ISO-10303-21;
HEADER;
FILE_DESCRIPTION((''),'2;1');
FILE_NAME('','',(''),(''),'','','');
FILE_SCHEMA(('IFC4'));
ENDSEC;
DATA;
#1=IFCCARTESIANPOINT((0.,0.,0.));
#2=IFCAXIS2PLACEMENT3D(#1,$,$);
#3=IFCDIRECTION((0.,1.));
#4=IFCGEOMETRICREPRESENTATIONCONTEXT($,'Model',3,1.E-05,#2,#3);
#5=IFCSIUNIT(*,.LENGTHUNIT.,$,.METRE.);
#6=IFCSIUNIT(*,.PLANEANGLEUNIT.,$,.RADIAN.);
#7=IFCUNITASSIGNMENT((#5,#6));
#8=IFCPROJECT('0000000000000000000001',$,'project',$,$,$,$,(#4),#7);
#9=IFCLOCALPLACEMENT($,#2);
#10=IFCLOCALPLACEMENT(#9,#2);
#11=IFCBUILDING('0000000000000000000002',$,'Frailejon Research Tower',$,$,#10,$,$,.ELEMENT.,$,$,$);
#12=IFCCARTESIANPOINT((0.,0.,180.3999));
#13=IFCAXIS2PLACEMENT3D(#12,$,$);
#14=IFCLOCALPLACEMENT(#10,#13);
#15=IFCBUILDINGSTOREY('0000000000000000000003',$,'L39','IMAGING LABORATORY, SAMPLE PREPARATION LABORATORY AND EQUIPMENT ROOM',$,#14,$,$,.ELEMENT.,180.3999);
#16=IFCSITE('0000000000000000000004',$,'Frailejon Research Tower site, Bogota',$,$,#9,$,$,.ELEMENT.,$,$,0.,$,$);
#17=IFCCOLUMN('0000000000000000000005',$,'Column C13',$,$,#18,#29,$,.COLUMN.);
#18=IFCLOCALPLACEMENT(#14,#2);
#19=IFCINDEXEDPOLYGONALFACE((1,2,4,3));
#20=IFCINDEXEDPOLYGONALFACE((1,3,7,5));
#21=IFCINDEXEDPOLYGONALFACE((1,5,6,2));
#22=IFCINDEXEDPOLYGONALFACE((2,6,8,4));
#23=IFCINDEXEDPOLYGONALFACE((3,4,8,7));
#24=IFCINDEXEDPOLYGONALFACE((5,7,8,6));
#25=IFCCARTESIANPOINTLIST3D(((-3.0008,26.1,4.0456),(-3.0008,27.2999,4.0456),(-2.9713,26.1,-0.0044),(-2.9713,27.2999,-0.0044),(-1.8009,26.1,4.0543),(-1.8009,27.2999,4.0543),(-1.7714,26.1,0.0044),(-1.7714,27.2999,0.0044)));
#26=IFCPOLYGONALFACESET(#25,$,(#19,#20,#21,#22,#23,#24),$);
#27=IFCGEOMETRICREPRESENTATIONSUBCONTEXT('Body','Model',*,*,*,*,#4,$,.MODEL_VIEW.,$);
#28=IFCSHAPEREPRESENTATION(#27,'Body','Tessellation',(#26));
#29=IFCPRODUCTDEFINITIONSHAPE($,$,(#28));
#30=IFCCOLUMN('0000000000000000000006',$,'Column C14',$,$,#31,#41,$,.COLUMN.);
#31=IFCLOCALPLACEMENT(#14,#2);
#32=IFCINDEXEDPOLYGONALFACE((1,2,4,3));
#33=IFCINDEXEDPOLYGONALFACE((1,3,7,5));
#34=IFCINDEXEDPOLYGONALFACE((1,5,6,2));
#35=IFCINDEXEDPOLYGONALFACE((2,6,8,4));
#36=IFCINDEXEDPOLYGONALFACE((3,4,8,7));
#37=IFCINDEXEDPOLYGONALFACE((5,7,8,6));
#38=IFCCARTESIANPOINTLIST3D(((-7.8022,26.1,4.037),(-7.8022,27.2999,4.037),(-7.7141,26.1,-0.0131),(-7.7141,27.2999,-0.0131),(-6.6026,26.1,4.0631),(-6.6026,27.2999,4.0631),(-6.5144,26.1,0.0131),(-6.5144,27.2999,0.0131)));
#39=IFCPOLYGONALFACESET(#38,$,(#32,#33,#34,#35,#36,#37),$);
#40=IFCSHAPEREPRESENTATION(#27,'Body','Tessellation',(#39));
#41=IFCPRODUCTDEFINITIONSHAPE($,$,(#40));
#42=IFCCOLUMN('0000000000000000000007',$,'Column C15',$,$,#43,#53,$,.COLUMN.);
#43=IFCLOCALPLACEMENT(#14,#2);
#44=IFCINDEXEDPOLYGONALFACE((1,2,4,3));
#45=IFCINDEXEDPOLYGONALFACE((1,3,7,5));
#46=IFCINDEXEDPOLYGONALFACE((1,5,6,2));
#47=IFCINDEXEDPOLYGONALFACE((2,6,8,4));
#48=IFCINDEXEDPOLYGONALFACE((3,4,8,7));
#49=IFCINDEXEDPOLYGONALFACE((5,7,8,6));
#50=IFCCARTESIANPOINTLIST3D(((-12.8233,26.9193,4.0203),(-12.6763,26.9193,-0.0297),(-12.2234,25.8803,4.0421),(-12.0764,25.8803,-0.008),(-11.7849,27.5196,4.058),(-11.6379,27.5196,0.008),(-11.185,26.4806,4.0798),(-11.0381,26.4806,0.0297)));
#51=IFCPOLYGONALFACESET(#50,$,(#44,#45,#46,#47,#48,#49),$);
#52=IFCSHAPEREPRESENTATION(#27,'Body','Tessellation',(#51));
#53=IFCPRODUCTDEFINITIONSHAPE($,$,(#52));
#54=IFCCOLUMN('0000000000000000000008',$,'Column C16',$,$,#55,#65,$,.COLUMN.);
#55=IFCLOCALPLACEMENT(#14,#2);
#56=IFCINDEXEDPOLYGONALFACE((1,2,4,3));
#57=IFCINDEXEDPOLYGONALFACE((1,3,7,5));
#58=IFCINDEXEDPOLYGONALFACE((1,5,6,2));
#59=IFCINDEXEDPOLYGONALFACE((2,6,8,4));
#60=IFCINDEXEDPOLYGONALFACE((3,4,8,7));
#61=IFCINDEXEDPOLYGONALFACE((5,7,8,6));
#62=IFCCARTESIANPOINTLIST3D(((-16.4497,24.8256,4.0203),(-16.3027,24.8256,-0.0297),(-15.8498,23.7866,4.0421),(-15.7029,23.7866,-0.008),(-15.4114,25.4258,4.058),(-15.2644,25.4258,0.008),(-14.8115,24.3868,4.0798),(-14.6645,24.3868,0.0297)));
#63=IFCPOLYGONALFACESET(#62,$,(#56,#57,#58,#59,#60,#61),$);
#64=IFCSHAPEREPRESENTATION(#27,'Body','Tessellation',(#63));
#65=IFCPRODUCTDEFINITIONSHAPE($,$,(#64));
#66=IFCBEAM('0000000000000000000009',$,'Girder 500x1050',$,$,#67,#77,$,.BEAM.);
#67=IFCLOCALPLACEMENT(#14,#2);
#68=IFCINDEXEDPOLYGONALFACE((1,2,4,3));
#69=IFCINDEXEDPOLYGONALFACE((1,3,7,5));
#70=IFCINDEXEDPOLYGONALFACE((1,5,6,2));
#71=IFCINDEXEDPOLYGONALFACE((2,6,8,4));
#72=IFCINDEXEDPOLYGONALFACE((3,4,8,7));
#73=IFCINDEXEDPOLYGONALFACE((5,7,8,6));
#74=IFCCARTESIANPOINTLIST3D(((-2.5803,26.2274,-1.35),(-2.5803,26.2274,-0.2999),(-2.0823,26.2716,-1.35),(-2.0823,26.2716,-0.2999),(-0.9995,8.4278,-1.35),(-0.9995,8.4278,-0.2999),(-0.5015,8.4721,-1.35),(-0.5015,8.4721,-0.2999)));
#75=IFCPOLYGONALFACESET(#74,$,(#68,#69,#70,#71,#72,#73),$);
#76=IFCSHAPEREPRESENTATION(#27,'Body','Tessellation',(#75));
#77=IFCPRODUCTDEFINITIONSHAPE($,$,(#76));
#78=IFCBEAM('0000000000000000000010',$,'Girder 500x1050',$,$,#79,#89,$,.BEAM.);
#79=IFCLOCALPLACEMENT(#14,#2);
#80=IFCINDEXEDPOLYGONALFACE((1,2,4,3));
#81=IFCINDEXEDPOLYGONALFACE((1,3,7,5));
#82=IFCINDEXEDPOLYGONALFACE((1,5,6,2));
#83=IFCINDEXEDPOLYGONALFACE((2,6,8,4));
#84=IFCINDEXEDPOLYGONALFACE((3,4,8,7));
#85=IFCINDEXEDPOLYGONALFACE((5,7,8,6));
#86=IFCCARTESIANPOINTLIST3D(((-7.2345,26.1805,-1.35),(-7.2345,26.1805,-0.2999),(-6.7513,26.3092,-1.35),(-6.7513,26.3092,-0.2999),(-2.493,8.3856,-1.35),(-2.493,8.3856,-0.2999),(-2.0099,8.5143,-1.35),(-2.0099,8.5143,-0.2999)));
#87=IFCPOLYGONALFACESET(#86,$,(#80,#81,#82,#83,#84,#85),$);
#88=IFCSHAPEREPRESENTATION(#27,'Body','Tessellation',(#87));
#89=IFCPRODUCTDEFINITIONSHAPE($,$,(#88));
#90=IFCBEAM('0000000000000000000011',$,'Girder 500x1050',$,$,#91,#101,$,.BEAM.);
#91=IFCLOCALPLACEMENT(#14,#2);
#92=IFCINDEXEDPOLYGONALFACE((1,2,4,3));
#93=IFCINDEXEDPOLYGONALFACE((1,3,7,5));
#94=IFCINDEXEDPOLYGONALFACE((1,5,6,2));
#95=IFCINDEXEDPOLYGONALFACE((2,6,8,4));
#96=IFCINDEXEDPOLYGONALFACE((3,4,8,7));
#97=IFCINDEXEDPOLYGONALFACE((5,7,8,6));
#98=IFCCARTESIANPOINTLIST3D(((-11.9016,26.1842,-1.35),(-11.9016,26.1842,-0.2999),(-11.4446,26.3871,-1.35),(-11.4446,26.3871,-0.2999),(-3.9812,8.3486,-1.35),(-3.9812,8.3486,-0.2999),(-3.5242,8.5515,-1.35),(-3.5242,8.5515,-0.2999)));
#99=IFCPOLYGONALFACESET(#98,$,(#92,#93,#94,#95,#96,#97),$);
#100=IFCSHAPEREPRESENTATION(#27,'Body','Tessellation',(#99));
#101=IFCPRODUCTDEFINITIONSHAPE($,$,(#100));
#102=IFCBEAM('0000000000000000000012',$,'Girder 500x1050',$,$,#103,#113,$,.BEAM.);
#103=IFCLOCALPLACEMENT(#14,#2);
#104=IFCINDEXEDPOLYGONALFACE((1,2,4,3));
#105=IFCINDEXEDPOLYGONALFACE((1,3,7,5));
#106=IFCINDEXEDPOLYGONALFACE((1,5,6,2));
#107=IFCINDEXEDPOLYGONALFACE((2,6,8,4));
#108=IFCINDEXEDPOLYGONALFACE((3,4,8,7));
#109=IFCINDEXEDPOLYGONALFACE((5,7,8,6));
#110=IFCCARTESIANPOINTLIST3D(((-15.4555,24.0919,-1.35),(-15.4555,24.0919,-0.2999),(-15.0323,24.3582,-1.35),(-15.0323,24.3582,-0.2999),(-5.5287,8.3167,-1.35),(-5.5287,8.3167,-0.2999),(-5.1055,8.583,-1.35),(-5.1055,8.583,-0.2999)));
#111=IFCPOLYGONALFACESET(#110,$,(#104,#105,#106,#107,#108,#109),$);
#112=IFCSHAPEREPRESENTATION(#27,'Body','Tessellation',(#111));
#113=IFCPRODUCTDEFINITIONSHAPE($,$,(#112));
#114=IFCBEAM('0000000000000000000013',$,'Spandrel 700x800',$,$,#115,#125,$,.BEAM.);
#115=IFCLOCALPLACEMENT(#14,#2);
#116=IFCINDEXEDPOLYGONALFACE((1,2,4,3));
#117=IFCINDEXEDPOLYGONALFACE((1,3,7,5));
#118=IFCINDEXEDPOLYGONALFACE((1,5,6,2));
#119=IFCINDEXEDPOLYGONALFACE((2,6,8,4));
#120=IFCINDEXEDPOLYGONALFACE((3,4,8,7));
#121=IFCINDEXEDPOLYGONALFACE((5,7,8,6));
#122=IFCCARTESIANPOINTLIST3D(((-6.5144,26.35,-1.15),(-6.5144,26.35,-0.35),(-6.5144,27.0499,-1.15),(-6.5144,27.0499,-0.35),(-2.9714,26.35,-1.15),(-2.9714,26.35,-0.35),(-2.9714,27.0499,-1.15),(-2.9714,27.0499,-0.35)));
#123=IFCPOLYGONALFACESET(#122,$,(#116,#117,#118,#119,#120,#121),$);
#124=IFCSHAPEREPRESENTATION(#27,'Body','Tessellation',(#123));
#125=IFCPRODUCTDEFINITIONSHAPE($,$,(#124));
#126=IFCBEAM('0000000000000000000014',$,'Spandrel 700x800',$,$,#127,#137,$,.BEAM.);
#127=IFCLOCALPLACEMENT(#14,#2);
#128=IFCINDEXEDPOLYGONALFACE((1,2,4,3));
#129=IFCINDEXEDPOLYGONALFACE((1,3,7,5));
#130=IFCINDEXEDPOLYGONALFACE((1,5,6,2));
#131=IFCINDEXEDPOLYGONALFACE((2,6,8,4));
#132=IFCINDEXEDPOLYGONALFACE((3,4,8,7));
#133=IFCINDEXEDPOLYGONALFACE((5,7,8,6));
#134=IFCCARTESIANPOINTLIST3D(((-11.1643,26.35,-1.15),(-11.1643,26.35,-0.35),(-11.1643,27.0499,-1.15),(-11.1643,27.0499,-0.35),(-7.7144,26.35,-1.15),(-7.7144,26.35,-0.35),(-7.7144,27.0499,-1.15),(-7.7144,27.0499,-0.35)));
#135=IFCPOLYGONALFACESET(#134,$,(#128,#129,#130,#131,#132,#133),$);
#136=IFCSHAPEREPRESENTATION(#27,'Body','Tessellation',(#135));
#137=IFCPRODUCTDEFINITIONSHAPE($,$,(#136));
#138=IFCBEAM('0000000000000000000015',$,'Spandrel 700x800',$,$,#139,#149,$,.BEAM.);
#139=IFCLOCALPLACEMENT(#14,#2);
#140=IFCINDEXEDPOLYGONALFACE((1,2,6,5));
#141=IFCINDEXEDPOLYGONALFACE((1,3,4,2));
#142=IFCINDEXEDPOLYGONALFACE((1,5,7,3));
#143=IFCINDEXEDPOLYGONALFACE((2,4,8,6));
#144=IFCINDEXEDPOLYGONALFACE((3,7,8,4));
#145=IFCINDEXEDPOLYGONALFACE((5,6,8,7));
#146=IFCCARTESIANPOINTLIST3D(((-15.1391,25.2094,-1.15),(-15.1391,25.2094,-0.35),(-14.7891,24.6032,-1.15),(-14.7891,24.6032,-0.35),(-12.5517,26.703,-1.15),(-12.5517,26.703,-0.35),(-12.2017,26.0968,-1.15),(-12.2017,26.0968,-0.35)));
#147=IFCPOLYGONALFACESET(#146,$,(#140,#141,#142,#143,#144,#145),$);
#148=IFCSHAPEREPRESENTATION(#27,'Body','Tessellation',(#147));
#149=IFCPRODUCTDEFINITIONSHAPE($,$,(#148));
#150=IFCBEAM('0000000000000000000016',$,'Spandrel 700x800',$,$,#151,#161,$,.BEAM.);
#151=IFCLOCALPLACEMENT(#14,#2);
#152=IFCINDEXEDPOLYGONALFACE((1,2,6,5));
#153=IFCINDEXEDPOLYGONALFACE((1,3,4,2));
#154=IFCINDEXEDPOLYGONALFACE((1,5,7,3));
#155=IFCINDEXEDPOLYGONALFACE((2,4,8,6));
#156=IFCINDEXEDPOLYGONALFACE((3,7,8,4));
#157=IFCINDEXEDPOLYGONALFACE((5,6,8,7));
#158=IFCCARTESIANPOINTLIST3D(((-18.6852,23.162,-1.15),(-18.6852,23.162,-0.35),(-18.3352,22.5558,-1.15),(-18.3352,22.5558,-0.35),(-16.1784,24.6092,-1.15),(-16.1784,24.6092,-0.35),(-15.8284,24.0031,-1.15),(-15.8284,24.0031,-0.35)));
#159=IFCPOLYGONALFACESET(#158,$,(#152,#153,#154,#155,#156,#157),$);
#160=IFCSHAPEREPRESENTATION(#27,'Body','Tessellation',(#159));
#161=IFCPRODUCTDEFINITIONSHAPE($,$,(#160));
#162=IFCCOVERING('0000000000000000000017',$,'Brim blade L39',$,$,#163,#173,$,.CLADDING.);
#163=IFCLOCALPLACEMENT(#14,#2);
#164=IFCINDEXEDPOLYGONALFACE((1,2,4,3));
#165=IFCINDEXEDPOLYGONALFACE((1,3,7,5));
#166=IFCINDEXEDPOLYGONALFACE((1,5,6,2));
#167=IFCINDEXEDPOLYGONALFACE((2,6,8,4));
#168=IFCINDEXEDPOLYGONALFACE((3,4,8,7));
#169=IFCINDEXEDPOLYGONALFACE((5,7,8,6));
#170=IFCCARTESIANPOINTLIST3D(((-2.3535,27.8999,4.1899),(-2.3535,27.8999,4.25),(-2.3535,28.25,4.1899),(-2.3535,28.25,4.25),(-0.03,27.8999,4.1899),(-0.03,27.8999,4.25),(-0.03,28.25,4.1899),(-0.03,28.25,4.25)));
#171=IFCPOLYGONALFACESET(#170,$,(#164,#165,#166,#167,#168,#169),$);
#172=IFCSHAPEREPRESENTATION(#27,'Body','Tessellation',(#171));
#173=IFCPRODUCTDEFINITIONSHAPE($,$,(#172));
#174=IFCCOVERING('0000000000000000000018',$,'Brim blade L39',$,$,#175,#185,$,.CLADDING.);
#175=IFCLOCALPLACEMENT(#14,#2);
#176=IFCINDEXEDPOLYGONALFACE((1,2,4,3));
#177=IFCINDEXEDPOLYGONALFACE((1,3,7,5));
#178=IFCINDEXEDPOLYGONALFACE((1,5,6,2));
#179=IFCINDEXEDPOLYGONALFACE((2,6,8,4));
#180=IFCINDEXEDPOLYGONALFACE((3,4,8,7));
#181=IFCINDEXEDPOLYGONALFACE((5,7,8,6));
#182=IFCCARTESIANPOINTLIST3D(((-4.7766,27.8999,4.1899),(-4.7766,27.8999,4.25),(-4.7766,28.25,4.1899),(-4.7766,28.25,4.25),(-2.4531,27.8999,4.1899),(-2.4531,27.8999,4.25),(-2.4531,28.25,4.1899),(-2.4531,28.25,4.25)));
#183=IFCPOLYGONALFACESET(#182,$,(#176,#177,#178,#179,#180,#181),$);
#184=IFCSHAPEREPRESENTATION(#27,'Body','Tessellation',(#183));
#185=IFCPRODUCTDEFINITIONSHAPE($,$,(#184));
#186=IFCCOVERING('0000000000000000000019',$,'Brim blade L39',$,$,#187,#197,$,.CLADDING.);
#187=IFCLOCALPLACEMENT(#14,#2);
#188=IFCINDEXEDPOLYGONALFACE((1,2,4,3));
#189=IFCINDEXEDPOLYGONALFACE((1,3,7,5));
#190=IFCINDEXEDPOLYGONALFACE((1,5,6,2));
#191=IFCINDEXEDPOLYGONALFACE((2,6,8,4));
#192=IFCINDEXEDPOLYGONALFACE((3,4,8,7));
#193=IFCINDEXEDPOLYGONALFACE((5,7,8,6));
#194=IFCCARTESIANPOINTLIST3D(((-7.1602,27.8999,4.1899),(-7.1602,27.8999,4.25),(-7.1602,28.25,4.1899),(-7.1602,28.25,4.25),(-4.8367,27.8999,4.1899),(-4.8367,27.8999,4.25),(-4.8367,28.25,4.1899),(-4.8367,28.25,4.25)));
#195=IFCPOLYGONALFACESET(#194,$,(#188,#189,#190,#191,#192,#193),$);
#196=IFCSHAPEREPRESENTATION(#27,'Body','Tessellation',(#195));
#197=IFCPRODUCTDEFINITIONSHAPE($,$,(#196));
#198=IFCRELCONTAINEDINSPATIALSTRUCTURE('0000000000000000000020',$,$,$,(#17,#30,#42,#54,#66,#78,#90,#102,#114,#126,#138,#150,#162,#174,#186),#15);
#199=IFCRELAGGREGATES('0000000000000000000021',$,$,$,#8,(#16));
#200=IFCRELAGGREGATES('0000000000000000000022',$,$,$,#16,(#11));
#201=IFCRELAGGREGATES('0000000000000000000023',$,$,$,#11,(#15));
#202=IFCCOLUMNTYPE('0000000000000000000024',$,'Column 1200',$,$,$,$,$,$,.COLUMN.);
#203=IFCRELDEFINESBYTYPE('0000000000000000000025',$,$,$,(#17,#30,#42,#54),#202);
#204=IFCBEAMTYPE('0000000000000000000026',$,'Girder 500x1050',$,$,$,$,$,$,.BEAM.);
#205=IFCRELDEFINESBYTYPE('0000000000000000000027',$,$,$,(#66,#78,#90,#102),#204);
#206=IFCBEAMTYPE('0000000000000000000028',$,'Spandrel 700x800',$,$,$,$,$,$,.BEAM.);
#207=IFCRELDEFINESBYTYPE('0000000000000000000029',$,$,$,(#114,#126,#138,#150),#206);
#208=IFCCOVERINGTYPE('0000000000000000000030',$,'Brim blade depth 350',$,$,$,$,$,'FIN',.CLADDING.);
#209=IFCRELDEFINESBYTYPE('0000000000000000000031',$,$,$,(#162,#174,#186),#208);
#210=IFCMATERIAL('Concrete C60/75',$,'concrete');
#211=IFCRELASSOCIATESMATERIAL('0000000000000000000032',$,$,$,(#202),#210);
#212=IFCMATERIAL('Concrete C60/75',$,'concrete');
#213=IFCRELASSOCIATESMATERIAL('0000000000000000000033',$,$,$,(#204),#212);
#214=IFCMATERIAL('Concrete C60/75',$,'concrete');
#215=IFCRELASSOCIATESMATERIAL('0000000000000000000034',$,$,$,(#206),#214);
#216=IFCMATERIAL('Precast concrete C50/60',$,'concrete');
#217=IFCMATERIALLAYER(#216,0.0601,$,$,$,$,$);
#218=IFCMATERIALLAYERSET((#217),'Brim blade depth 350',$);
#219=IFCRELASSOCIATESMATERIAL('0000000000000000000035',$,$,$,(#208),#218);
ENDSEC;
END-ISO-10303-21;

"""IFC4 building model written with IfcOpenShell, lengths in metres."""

from ifc_helpers import new_model, si_unit, direction, frame, origin, origin_2d, place, context, subcontext, project, spatial, polyline, rectangle, outline, extrude, material, layer, layer_set, material_profile, profile_set, type_object, element, save


model = new_model("IFC4")

# Units and contexts
model_context = context("Model", 3, precision=1e-05, world=origin(), true_north=direction((0.0, 1.0)))
body_context = subcontext(model_context, "Body", "Model", "MODEL_VIEW")
ifc_project = project(units=[si_unit("LENGTHUNIT", "METRE"), si_unit("PLANEANGLEUNIT", "RADIAN")], contexts=[model_context])

# Site, building, storey
site_placement = place(None, origin())
site = spatial("IfcSite", under=ifc_project, at=site_placement, Name="Frailejon Research Tower site, Bogota", CompositionType="ELEMENT", RefElevation=0.0)
building_placement = place(site_placement, origin())
building = spatial("IfcBuilding", under=site, at=building_placement, Name="Frailejon Research Tower", CompositionType="ELEMENT")
storey_placement = place(building_placement, frame((0.0, 0.0, 180.3999)))
storey = spatial("IfcBuildingStorey", under=building, at=storey_placement, Name="L39", Description="IMAGING LABORATORY, SAMPLE PREPARATION LABORATORY AND EQUIPMENT ROOM", CompositionType="ELEMENT", Elevation=180.3999)

# Columns
ifc_material_1 = material(Name="Concrete C60/75", Category="concrete")
ifc_material_profile_1 = material_profile(ifc_material_1, rectangle(XDim=1.2, YDim=1.2, at=origin_2d()), Name="Column 1200")
ifc_profile_set_1 = profile_set([ifc_material_profile_1], Name="Concrete C60/75")
column_type = type_object("IfcColumnType", Name="Column 1200", PredefinedType="COLUMN", material=ifc_profile_set_1)
column_1_placement = place(storey_placement, frame((-2.3713, 26.7, 0.0), z_axis=(-0.007294, 0.0, 0.999973), x_axis=(-0.999973, 0.0, -0.007294)))
element("IfcColumn", 1, at=column_1_placement, inside=storey, type_object=column_type, Name="Column C13", PredefinedType="COLUMN", context=body_context, shape_type="SweptSolid", body=[
    extrude(rectangle(XDim=1.2, YDim=1.2, at=origin_2d()), origin(), (0.0, 0.0, 1.0), 4.05),
])
column_2_placement = place(storey_placement, frame((-7.1143, 26.7, 0.0), z_axis=(-0.021756, 0.0, 0.999763), x_axis=(-0.999763, 0.0, -0.021756)))
element("IfcColumn", 2, at=column_2_placement, inside=storey, type_object=column_type, Name="Column C14", PredefinedType="COLUMN", context=body_context, shape_type="SweptSolid", body=[
    extrude(rectangle(XDim=1.2, YDim=1.2, at=origin_2d()), origin(), (0.0, 0.0, 1.0), 4.051),
])
for number, where, z_axis, x_axis, name in (
    (3, (-11.8572, 26.7, 0.0), (-0.036265, 0.0, 0.999342), (-0.865314, -0.500246, -0.031401), "Column C15"),
    (4, (-15.4836, 24.6062, 0.0), (-0.036265, 0.0, 0.999342), (-0.865314, -0.500246, -0.031401), "Column C16"),
):
    element("IfcColumn", number, at=place(storey_placement, frame(where, z_axis=z_axis, x_axis=x_axis)), inside=storey, type_object=column_type, Name=name, PredefinedType="COLUMN", context=body_context, shape_type="SweptSolid", body=[
        extrude(rectangle(XDim=1.2, YDim=1.2, at=origin_2d()), origin(), (0.0, 0.0, 1.0), 4.0527),
    ])

# Beams
ifc_material_2 = material(Name="Concrete C60/75", Category="concrete")
ifc_material_profile_2 = material_profile(ifc_material_2, rectangle(XDim=0.5, YDim=1.05, at=origin_2d()), Name="Girder 500x1050")
ifc_profile_set_2 = profile_set([ifc_material_profile_2], Name="Concrete C60/75")
beam_type_1 = type_object("IfcBeamType", Name="Girder 500x1050", PredefinedType="BEAM", material=ifc_profile_set_2)
beam_1_placement = place(storey_placement, frame((-2.3313, 26.2495, -0.825), z_axis=(0.088464, -0.996079, 0.0), x_axis=(0.996079, 0.088464, 0.0)))
element("IfcBeam", 5, at=beam_1_placement, inside=storey, type_object=beam_type_1, Name="Girder 500x1050", PredefinedType="BEAM", context=body_context, shape_type="SweptSolid", body=[
    extrude(rectangle(XDim=0.5, YDim=1.05, at=origin_2d()), origin(), (0.0, 0.0, 1.0), 17.8696),
])
beam_2_placement = place(storey_placement, frame((-6.9929, 26.2449, -0.825), z_axis=(0.257467, -0.966287, 0.0), x_axis=(0.966287, 0.257467, 0.0)))
element("IfcBeam", 6, at=beam_2_placement, inside=storey, type_object=beam_type_1, Name="Girder 500x1050", PredefinedType="BEAM", context=body_context, shape_type="SweptSolid", body=[
    extrude(rectangle(XDim=0.5, YDim=1.05, at=origin_2d()), origin(), (0.0, 0.0, 1.0), 18.4158),
])
beam_3_placement = place(storey_placement, frame((-11.6731, 26.2856, -0.825), z_axis=(0.405858, -0.913936, 0.0), x_axis=(0.913936, 0.405858, 0.0)))
element("IfcBeam", 7, at=beam_3_placement, inside=storey, type_object=beam_type_1, Name="Girder 500x1050", PredefinedType="BEAM", context=body_context, shape_type="SweptSolid", body=[
    extrude(rectangle(XDim=0.5, YDim=1.05, at=origin_2d()), origin(), (0.0, 0.0, 1.0), 19.5151),
])
beam_4_placement = place(storey_placement, frame((-15.2439, 24.2251, -0.825), z_axis=(0.532593, -0.846372, 0.0), x_axis=(0.846372, 0.532593, 0.0)))
element("IfcBeam", 8, at=beam_4_placement, inside=storey, type_object=beam_type_1, Name="Girder 500x1050", PredefinedType="BEAM", context=body_context, shape_type="SweptSolid", body=[
    extrude(rectangle(XDim=0.5, YDim=1.05, at=origin_2d()), origin(), (0.0, 0.0, 1.0), 18.6387),
])
ifc_material_3 = material(Name="Concrete C60/75", Category="concrete")
ifc_material_profile_3 = material_profile(ifc_material_3, rectangle(XDim=0.7, YDim=0.8, at=origin_2d()), Name="Spandrel 700x800")
ifc_profile_set_3 = profile_set([ifc_material_profile_3], Name="Concrete C60/75")
beam_type_2 = type_object("IfcBeamType", Name="Spandrel 700x800", PredefinedType="BEAM", material=ifc_profile_set_3)
beam_5_placement = place(storey_placement, frame((-2.9714, 26.7, -0.75), z_axis=(-1.0, 0.0, 0.0), x_axis=(0.0, -1.0, 0.0)))
element("IfcBeam", 9, at=beam_5_placement, inside=storey, type_object=beam_type_2, Name="Spandrel 700x800", PredefinedType="BEAM", context=body_context, shape_type="SweptSolid", body=[
    extrude(rectangle(XDim=0.7, YDim=0.8, at=origin_2d()), origin(), (0.0, 0.0, 1.0), 3.543),
])
beam_6_placement = place(storey_placement, frame((-7.7144, 26.7, -0.75), z_axis=(-1.0, 0.0, 0.0), x_axis=(0.0, -1.0, 0.0)))
element("IfcBeam", 10, at=beam_6_placement, inside=storey, type_object=beam_type_2, Name="Spandrel 700x800", PredefinedType="BEAM", context=body_context, shape_type="SweptSolid", body=[
    extrude(rectangle(XDim=0.7, YDim=0.8, at=origin_2d()), origin(), (0.0, 0.0, 1.0), 3.45),
])
beam_7_placement = place(storey_placement, frame((-12.3767, 26.3999, -0.75), z_axis=(-0.866052, -0.499954, 0.0), x_axis=(0.499954, -0.866052, 0.0)))
element("IfcBeam", 11, at=beam_7_placement, inside=storey, type_object=beam_type_2, Name="Spandrel 700x800", PredefinedType="BEAM", context=body_context, shape_type="SweptSolid", body=[
    extrude(rectangle(XDim=0.7, YDim=0.8, at=origin_2d()), origin(), (0.0, 0.0, 1.0), 2.9875),
])
beam_8_placement = place(storey_placement, frame((-16.0034, 24.3062, -0.75), z_axis=(-0.866034, -0.499985, 0.0), x_axis=(0.499985, -0.866034, 0.0)))
element("IfcBeam", 12, at=beam_8_placement, inside=storey, type_object=beam_type_2, Name="Spandrel 700x800", PredefinedType="BEAM", context=body_context, shape_type="SweptSolid", body=[
    extrude(rectangle(XDim=0.7, YDim=0.8, at=origin_2d()), origin(), (0.0, 0.0, 1.0), 2.8945),
])

# Coverings
ifc_material_4 = material(Name="Precast concrete C50/60", Category="concrete")
ifc_layer_1 = layer(ifc_material_4, 0.0601)
ifc_layer_set_1 = layer_set([ifc_layer_1], Name="Brim blade depth 350")
covering_type_1 = type_object("IfcCoveringType", Name="Brim blade depth 350", ElementType="FIN", PredefinedType="CLADDING", material=ifc_layer_set_1)
for number, where, z_axis, x_axis, name in (
    (13, (-2.3535, 27.8999, 4.25), (1.0, 0.0, 0.0), (0.0, 1.0, 0.0), "Brim blade L39"),
    (14, (-4.7766, 27.8999, 4.25), (1.0, 0.0, 0.0), (0.0, 1.0, 0.0), "Brim blade L39"),
    (15, (-7.1602, 27.8999, 4.25), (1.0, 0.0, 0.0), (0.0, 1.0, 0.0), "Brim blade L39"),
):
    element("IfcCovering", number, at=place(storey_placement, frame(where, z_axis=z_axis, x_axis=x_axis)), inside=storey, type_object=covering_type_1, Name=name, PredefinedType="CLADDING", context=body_context, shape_type="SweptSolid", body=[
        extrude(outline(polyline([(0.0, -0.0601), (0.3501, -0.0601), (0.3501, 0.0), (0.0, 0.0), (0.0, -0.0601)])), origin(), (0.0, 0.0, 1.0), 2.3235),
    ])

save(model, "model.ifc")
